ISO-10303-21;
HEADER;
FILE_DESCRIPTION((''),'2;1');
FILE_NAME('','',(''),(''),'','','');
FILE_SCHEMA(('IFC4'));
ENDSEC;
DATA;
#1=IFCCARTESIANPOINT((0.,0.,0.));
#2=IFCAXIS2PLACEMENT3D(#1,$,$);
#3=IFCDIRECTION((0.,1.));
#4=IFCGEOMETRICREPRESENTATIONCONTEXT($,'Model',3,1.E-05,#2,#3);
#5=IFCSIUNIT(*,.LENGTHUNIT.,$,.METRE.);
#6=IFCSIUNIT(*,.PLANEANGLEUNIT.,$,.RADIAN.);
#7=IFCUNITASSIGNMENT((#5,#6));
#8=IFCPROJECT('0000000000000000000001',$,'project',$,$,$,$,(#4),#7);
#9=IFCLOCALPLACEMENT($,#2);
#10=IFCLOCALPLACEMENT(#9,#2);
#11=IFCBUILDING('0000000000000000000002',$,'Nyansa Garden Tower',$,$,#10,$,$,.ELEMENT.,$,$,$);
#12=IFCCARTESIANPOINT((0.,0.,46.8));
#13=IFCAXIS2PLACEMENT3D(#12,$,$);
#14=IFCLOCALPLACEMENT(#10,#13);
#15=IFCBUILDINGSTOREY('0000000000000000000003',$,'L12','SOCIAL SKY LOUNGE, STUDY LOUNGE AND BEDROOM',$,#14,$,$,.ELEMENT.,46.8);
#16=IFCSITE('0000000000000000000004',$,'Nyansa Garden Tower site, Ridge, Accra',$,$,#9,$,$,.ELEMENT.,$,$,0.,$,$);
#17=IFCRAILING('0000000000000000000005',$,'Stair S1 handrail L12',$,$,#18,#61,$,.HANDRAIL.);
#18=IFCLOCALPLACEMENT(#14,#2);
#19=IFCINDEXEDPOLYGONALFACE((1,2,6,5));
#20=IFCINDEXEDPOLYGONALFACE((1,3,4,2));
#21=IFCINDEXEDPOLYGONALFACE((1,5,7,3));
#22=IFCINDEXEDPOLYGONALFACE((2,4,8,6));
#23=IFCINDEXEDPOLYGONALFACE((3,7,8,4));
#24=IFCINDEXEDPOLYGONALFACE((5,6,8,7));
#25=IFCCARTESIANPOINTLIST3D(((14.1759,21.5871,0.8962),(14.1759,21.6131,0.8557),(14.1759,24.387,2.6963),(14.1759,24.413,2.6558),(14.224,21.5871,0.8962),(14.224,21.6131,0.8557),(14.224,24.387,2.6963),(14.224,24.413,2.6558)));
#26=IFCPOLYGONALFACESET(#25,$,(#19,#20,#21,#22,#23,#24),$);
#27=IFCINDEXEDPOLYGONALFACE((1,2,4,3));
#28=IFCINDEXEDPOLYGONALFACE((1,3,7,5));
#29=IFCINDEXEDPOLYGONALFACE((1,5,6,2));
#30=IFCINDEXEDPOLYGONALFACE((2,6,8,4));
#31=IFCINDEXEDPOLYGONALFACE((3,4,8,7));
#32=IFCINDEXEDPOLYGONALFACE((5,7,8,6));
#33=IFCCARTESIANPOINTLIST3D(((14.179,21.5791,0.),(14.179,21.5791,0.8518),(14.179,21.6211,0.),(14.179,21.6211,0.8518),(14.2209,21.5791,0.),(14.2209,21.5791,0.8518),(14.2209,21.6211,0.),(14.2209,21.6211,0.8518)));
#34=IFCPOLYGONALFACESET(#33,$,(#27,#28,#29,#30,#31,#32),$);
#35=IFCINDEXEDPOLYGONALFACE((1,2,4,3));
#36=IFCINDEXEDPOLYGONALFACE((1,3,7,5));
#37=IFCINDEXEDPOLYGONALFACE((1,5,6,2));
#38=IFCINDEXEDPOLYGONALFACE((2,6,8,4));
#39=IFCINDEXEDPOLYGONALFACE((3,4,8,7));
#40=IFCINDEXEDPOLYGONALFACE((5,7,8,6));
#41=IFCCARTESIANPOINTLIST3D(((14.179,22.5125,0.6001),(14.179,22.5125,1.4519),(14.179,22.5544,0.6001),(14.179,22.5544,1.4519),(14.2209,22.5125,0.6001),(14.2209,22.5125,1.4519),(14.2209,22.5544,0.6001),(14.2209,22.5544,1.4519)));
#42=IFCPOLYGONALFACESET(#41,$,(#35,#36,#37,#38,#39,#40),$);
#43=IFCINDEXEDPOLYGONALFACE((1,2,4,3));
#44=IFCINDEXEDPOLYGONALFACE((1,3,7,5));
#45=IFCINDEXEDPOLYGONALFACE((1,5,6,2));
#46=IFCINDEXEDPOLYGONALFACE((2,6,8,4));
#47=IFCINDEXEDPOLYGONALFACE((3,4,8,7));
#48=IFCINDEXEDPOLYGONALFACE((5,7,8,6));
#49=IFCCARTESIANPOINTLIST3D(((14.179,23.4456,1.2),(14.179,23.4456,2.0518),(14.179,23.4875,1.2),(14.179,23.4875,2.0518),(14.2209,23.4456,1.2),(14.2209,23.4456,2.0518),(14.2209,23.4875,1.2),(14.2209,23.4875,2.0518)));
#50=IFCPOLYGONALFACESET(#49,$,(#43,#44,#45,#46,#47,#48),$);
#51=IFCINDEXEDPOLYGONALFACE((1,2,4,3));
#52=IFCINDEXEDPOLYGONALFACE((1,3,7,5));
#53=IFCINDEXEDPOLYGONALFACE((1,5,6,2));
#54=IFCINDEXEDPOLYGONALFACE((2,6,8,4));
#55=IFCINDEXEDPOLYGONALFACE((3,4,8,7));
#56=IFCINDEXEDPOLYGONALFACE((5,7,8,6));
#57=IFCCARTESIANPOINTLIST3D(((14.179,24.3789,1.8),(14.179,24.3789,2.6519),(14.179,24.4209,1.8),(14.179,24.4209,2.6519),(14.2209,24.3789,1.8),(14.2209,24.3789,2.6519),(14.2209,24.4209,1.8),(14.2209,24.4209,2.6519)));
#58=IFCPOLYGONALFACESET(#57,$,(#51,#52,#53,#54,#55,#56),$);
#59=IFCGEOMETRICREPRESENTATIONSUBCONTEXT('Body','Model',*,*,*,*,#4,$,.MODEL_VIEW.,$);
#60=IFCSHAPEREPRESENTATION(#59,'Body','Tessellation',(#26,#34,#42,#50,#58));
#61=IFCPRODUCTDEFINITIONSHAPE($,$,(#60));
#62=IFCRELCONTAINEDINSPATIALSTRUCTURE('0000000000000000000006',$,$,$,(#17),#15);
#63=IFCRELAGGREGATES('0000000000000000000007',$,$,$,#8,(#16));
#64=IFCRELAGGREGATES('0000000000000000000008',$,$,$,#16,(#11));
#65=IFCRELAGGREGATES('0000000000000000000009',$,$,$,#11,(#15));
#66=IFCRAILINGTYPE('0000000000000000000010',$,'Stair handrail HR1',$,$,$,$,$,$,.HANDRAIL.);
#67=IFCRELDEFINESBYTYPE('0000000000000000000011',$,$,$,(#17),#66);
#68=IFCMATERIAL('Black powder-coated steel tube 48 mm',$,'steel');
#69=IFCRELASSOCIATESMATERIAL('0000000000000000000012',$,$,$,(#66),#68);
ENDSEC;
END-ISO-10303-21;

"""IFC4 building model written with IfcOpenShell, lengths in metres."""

from ifc_helpers import new_model, si_unit, direction, frame, origin, origin_2d, place, context, subcontext, project, spatial, rectangle, extrude, material, type_object, element, save


model = new_model("IFC4")

# Units and contexts
model_context = context("Model", 3, precision=1e-05, world=origin(), true_north=direction((0.0, 1.0)))
body_context = subcontext(model_context, "Body", "Model", "MODEL_VIEW")
ifc_project = project(units=[si_unit("LENGTHUNIT", "METRE"), si_unit("PLANEANGLEUNIT", "RADIAN")], contexts=[model_context])

# Site, building, storey
site_placement = place(None, origin())
site = spatial("IfcSite", under=ifc_project, at=site_placement, Name="Nyansa Garden Tower site, Ridge, Accra", CompositionType="ELEMENT", RefElevation=0.0)
building_placement = place(site_placement, origin())
building = spatial("IfcBuilding", under=site, at=building_placement, Name="Nyansa Garden Tower", CompositionType="ELEMENT")
storey_placement = place(building_placement, frame((0.0, 0.0, 46.8)))
storey = spatial("IfcBuildingStorey", under=building, at=storey_placement, Name="L12", Description="SOCIAL SKY LOUNGE, STUDY LOUNGE AND BEDROOM", CompositionType="ELEMENT", Elevation=46.8)

# Railing
ifc_material_1 = material(Name="Black powder-coated steel tube 48 mm", Category="steel")
railing_type = type_object("IfcRailingType", Name="Stair handrail HR1", PredefinedType="HANDRAIL", material=ifc_material_1)
railing_placement = place(storey_placement, frame((14.2, 21.6001, 0.0)))
element("IfcRailing", 1, at=railing_placement, inside=storey, type_object=railing_type, Name="Stair S1 handrail L12", PredefinedType="HANDRAIL", context=body_context, shape_type="SweptSolid", body=[
    extrude(rectangle(XDim=0.0481, YDim=0.0481, at=origin_2d()), frame((0.0, 0.0, 0.876), z_axis=(0.0, 0.841155, 0.540795), x_axis=(-1.0, 0.0, 0.0)), (0.0, 0.0, 1.0), 3.3286),
    extrude(rectangle(XDim=0.042, YDim=0.042, at=origin_2d()), origin(), (0.0, 0.0, 1.0), 0.8518),
    extrude(rectangle(XDim=0.042, YDim=0.042, at=origin_2d()), frame((0.0, 0.9333, 0.6001)), (0.0, 0.0, 1.0), 0.8518),
    extrude(rectangle(XDim=0.042, YDim=0.042, at=origin_2d()), frame((0.0, 1.8665, 1.2)), (0.0, 0.0, 1.0), 0.8518),
    extrude(rectangle(XDim=0.042, YDim=0.042, at=origin_2d()), frame((0.0, 2.7998, 1.8)), (0.0, 0.0, 1.0), 0.8518),
])

save(model, "model.ifc")
